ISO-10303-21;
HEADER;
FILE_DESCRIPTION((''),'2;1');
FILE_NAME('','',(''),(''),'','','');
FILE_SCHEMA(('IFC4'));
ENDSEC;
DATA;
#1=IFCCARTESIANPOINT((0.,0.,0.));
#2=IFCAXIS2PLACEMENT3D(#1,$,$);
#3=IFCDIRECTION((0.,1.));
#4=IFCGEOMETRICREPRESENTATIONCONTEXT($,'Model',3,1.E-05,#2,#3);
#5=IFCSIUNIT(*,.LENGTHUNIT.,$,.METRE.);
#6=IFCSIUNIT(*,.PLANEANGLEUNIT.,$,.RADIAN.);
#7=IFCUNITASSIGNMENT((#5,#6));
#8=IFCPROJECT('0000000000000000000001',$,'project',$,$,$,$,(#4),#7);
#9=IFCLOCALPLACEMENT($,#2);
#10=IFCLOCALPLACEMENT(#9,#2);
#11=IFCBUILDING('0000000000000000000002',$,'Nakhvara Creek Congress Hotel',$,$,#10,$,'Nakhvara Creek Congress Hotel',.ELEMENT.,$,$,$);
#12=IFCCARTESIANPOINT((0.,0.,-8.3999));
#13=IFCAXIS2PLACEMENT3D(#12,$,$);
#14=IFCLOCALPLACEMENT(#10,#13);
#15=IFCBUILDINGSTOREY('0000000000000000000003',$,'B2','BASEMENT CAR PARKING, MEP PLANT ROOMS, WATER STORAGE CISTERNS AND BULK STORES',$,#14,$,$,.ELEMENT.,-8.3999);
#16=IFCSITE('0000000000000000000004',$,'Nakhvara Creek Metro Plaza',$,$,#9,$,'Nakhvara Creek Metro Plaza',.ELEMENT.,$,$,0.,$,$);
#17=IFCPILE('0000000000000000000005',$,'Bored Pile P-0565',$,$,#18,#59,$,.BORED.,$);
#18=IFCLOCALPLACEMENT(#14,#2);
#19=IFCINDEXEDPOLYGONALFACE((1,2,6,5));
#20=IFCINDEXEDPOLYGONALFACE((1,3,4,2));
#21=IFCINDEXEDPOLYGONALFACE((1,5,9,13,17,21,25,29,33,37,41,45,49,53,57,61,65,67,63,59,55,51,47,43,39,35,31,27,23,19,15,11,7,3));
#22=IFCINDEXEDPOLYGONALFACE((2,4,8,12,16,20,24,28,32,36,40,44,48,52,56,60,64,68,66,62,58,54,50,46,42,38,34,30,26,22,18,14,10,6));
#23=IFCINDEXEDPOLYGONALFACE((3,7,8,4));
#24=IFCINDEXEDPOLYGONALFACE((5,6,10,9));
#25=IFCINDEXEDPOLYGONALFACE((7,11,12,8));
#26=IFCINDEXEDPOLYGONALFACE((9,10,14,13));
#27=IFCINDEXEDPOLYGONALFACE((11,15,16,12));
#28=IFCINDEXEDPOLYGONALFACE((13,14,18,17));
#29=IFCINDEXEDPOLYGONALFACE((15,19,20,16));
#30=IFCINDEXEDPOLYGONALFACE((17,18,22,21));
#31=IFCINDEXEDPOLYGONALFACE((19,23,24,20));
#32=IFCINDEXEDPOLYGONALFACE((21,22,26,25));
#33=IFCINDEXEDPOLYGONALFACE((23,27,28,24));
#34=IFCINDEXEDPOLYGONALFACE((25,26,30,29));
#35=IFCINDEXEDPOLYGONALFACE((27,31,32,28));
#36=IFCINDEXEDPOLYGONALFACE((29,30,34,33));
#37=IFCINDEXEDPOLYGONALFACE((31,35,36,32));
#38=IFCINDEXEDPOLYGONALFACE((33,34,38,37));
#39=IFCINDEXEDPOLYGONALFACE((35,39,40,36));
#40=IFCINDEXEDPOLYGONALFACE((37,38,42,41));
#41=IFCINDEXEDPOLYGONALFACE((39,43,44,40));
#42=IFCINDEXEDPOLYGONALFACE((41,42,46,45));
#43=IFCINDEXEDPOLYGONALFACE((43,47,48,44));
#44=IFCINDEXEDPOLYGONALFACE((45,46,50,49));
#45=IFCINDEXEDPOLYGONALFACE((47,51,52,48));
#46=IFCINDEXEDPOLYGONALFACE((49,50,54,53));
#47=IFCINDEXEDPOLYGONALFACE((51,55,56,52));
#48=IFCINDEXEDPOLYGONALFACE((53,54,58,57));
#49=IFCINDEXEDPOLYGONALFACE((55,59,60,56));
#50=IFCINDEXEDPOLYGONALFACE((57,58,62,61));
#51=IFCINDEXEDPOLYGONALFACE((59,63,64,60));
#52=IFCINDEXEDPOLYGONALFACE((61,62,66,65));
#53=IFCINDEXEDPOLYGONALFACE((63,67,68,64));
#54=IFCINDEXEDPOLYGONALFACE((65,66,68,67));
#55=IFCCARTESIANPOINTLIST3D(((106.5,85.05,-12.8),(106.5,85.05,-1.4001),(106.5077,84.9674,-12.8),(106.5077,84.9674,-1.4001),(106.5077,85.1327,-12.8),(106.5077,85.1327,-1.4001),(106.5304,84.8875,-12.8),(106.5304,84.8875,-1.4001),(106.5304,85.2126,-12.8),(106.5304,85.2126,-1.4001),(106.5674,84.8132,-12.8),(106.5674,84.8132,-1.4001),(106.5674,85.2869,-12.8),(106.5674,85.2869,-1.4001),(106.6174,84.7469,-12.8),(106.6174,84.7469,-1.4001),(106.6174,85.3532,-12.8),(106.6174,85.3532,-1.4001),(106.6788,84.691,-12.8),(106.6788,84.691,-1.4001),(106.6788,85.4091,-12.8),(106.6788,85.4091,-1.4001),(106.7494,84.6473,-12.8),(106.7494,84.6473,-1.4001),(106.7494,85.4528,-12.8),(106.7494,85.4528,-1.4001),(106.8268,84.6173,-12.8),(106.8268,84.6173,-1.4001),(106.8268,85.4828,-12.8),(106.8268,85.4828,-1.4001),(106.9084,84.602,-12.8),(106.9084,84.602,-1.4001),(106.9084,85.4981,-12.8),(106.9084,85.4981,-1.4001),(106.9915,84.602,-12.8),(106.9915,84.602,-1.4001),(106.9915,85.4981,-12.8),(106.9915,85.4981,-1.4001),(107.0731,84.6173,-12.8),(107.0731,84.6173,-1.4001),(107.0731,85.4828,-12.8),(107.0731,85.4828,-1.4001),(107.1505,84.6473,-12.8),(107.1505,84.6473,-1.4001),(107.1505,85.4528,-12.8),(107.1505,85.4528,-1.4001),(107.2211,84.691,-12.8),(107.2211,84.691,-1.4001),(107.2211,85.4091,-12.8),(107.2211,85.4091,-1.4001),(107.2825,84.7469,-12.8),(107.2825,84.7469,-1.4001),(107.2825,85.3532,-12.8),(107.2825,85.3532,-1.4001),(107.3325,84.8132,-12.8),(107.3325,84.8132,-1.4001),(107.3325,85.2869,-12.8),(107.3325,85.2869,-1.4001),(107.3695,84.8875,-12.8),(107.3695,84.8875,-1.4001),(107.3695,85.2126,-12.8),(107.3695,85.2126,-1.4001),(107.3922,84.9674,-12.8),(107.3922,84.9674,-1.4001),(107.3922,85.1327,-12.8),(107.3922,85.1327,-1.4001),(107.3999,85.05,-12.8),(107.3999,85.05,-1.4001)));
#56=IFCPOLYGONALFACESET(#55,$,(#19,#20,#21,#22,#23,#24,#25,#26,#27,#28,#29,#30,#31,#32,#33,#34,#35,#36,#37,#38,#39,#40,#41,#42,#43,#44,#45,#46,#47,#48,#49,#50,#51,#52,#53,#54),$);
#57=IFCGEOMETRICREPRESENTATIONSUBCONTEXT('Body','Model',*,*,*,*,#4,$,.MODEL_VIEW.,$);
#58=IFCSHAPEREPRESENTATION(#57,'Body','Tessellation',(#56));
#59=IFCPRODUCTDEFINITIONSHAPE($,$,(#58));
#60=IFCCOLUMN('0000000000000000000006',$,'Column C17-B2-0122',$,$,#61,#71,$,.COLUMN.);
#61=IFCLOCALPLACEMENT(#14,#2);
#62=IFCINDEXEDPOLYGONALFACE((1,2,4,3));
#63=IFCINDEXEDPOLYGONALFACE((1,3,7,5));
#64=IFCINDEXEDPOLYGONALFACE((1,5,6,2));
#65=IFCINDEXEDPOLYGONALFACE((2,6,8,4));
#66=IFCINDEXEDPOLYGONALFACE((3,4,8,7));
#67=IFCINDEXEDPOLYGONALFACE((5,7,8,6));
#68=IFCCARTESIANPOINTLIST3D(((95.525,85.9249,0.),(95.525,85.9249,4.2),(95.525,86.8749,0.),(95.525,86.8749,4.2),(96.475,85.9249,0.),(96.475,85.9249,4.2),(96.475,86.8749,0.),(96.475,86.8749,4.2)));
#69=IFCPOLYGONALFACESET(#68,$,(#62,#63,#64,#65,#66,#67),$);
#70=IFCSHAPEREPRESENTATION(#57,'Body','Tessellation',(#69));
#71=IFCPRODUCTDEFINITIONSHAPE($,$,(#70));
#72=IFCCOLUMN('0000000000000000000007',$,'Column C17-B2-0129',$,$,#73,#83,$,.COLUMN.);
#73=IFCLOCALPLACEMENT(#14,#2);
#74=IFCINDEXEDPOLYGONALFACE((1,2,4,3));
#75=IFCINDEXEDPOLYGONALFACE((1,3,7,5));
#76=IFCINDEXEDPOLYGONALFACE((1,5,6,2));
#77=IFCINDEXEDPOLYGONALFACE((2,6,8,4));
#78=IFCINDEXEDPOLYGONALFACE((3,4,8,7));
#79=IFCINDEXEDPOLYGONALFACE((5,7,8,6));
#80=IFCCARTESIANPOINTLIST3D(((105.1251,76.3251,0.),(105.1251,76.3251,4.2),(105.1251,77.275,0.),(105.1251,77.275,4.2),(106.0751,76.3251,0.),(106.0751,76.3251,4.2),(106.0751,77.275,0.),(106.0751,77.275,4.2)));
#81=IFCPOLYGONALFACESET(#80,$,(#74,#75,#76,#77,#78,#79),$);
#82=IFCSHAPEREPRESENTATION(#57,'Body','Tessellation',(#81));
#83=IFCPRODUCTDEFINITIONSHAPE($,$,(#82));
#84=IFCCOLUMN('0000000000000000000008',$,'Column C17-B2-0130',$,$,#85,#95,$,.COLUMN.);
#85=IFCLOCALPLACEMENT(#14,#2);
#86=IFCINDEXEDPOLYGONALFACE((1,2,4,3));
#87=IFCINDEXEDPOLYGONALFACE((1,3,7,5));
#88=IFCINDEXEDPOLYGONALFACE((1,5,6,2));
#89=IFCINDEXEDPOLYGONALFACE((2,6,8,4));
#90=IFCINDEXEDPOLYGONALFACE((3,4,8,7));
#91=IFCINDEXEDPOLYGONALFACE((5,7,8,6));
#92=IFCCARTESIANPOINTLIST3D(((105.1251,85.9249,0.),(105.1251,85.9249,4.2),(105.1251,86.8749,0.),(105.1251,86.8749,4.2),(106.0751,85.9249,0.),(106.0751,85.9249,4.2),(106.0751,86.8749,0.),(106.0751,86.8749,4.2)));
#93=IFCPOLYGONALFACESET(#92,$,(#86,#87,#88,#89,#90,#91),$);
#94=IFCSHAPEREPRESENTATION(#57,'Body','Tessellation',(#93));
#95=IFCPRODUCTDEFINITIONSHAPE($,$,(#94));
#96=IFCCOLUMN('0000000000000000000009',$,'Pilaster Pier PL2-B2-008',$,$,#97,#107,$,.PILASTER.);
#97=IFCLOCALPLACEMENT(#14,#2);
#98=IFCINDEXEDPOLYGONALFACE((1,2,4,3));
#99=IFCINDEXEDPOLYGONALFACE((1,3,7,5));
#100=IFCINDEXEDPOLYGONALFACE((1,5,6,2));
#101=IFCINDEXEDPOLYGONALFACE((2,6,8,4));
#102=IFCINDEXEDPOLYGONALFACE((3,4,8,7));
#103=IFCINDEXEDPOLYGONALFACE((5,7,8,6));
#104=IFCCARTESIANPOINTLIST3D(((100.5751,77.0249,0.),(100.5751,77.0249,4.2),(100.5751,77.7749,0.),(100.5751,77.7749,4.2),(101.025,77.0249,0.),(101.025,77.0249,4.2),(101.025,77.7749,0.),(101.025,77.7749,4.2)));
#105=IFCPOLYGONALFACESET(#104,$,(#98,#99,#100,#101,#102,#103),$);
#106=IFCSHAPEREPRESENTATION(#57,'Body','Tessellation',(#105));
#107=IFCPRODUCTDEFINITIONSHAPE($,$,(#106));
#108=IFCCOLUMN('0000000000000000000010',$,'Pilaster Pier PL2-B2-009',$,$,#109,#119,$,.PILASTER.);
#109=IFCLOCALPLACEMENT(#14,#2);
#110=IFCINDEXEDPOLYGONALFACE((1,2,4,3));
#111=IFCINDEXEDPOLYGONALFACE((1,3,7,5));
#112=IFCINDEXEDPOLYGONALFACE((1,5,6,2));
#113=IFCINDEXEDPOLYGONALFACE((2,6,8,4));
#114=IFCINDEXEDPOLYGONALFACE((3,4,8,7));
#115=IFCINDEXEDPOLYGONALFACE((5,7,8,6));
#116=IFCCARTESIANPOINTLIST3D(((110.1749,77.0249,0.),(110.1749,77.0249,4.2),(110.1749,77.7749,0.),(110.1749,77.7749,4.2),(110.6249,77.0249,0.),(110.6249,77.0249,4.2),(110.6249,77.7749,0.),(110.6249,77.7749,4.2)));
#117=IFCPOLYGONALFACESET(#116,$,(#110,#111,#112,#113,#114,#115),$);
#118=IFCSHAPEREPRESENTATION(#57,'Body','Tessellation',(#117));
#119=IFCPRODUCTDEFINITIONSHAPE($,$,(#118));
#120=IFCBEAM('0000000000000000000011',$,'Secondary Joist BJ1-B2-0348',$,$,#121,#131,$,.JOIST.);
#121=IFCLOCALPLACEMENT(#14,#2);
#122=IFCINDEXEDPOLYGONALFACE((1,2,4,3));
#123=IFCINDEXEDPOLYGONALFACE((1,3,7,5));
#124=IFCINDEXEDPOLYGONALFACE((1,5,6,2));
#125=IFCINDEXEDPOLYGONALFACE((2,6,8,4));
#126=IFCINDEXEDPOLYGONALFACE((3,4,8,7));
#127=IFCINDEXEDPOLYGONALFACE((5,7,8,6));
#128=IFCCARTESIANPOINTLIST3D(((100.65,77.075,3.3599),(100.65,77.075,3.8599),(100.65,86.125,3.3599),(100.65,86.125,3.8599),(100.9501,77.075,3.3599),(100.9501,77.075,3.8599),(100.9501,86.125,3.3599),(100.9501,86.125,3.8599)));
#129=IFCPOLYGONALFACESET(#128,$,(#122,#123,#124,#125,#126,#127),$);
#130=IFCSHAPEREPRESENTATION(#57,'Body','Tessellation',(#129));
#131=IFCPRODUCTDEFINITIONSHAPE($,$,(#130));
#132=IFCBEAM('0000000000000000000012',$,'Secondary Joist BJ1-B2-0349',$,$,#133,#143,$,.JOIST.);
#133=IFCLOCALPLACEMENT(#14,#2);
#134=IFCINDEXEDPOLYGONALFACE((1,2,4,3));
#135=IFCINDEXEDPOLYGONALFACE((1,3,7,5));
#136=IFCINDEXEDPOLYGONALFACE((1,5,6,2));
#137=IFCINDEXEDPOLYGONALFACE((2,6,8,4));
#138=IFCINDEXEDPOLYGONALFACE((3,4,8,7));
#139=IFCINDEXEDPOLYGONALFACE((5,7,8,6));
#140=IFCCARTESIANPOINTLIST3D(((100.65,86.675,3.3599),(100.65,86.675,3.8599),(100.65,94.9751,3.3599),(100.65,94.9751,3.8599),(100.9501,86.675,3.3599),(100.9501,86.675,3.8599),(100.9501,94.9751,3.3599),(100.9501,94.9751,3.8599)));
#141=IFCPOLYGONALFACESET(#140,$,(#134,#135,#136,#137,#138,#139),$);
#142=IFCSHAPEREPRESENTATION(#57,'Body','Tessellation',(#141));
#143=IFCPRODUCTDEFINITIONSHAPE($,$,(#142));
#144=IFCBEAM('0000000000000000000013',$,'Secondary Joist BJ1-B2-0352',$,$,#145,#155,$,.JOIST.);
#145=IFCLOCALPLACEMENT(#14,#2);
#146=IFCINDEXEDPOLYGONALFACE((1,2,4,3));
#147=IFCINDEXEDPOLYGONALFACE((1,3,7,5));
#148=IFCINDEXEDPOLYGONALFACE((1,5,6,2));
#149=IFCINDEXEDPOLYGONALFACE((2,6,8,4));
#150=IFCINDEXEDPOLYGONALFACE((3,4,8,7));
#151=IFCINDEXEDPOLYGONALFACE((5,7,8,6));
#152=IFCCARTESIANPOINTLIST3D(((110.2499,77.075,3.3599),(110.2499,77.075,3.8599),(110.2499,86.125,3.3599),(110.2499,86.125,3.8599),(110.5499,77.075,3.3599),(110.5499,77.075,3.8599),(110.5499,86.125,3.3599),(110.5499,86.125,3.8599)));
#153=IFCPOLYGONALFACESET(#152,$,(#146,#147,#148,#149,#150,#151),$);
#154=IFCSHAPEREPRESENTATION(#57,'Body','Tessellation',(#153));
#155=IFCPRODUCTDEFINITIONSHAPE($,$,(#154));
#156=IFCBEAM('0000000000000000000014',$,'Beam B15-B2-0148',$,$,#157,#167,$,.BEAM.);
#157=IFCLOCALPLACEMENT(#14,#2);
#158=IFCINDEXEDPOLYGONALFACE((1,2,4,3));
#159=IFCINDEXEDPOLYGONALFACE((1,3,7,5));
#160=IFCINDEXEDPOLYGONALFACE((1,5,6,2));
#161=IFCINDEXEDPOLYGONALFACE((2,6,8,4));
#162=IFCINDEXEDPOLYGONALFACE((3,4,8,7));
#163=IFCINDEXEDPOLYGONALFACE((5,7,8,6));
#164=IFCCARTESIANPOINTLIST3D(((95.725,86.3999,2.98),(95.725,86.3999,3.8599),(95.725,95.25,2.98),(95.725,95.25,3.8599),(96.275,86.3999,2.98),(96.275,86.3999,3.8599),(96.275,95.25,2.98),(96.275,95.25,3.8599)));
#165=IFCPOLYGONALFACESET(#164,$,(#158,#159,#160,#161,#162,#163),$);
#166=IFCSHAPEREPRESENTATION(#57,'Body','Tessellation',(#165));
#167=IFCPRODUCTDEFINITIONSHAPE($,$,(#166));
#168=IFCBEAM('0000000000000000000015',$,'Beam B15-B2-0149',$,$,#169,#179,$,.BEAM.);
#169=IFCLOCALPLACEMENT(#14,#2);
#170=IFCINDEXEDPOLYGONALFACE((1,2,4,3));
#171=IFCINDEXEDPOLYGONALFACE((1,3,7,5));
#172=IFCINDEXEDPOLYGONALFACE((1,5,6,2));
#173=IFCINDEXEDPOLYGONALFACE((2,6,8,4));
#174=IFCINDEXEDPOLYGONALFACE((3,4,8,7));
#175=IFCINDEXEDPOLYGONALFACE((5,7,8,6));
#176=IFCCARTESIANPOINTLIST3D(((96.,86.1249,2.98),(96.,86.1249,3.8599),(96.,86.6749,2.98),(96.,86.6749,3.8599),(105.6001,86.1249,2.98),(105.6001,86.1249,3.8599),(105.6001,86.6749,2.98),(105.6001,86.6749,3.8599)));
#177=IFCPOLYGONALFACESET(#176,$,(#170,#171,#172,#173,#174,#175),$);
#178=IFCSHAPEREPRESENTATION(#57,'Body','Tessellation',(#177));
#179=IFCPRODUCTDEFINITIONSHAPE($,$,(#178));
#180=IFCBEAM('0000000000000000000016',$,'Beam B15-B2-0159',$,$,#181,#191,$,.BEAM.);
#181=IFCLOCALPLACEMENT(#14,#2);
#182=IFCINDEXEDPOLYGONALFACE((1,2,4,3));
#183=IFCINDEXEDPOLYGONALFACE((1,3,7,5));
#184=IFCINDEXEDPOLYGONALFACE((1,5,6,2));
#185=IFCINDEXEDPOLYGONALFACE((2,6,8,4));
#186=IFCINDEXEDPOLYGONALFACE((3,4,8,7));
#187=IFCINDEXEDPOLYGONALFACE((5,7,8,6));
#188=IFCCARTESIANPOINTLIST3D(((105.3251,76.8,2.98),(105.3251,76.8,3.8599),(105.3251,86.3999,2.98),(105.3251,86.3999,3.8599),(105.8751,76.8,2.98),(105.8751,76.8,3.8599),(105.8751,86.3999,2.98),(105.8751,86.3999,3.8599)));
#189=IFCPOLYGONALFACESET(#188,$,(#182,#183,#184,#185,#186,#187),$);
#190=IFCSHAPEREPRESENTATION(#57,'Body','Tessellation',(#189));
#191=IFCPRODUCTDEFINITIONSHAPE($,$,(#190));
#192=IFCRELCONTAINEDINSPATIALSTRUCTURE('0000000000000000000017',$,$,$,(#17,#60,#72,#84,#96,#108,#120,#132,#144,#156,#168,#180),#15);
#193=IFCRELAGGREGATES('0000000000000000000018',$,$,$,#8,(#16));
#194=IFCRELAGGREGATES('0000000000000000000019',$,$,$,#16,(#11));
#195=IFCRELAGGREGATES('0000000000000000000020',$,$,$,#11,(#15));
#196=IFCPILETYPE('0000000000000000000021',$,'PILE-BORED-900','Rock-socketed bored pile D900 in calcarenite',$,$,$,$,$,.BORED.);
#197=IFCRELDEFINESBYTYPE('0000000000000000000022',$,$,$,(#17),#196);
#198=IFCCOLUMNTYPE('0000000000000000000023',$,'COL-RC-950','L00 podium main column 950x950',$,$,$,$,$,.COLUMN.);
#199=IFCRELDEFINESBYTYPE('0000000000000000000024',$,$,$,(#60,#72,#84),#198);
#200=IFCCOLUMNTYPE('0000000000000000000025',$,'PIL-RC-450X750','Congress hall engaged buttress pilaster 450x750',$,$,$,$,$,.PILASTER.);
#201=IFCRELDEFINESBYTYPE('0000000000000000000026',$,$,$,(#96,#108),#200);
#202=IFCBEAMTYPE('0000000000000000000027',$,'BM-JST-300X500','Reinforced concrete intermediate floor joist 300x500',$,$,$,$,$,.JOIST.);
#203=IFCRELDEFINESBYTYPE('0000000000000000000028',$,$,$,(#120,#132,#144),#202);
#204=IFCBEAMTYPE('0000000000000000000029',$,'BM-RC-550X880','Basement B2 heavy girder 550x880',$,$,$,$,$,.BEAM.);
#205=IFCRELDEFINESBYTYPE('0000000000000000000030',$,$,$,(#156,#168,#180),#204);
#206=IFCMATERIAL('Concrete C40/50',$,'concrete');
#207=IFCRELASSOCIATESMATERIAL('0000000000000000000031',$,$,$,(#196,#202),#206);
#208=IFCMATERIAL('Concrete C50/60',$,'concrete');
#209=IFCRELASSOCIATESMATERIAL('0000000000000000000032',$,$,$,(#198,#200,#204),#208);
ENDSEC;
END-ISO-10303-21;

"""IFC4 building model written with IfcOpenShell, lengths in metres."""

from ifc_helpers import new_model, si_unit, direction, frame, origin, origin_2d, place, context, subcontext, project, spatial, rectangle, circle, extrude, material, material_profile, profile_set, type_object, element, save


model = new_model("IFC4")

# Units and contexts
model_context = context("Model", 3, precision=1e-05, world=origin(), true_north=direction((0.0, 1.0)))
body_context = subcontext(model_context, "Body", "Model", "MODEL_VIEW")
ifc_project = project(units=[si_unit("LENGTHUNIT", "METRE"), si_unit("PLANEANGLEUNIT", "RADIAN")], contexts=[model_context])

# Site, building, storey
site_placement = place(None, origin())
site = spatial("IfcSite", under=ifc_project, at=site_placement, Name="Nakhvara Creek Metro Plaza", LongName="Nakhvara Creek Metro Plaza", CompositionType="ELEMENT", RefElevation=0.0)
building_placement = place(site_placement, origin())
building = spatial("IfcBuilding", under=site, at=building_placement, Name="Nakhvara Creek Congress Hotel", LongName="Nakhvara Creek Congress Hotel", CompositionType="ELEMENT")
storey_placement = place(building_placement, frame((0.0, 0.0, -8.3999)))
storey = spatial("IfcBuildingStorey", under=building, at=storey_placement, Name="B2", Description="BASEMENT CAR PARKING, MEP PLANT ROOMS, WATER STORAGE CISTERNS AND BULK STORES", CompositionType="ELEMENT", Elevation=-8.3999)

# Shared definitions
ifc_material_1 = material(Name="Concrete C40/50", Category="concrete")

# Pile
ifc_material_profile_1 = material_profile(ifc_material_1, circle(Radius=0.45, at=origin_2d()), Name="BORED PILE D900", Category="LoadBearing")
ifc_profile_set_1 = profile_set([ifc_material_profile_1], Name="Concrete C40/50")
pile_type = type_object("IfcPileType", Name="PILE-BORED-900", Description="Rock-socketed bored pile D900 in calcarenite", PredefinedType="BORED", material=ifc_profile_set_1)
for number, where, z_axis, x_axis, name in (
    (1, (106.95, 85.05, -1.4001), (0.0, 0.0, -1.0), (1.0, 0.0, 0.0), "Bored Pile P-0565"),
):
    element("IfcPile", number, at=place(storey_placement, frame(where, z_axis=z_axis, x_axis=x_axis)), inside=storey, type_object=pile_type, Name=name, PredefinedType="BORED", context=body_context, shape_type="SweptSolid", body=[
        extrude(circle(Radius=0.45, at=origin_2d()), origin(), (0.0, 0.0, 1.0), 11.3999),
    ])

# Columns
ifc_material_2 = material(Name="Concrete C50/60", Category="concrete")
ifc_material_profile_2 = material_profile(ifc_material_2, rectangle(XDim=0.95, YDim=0.95, at=origin_2d()), Name="RC-COL 950x950", Category="LoadBearing")
ifc_profile_set_2 = profile_set([ifc_material_profile_2], Name="Concrete C50/60")
column_type_1 = type_object("IfcColumnType", Name="COL-RC-950", Description="L00 podium main column 950x950", PredefinedType="COLUMN", material=ifc_profile_set_2)
for number, where, z_axis, x_axis, name in (
    (2, (96.0, 86.3999, 0.0), (0.0, 0.0, 1.0), (1.0, 0.0, 0.0), "Column C17-B2-0122"),
    (3, (105.6001, 76.8, 0.0), (0.0, 0.0, 1.0), (1.0, 0.0, 0.0), "Column C17-B2-0129"),
    (4, (105.6001, 86.3999, 0.0), (0.0, 0.0, 1.0), (1.0, 0.0, 0.0), "Column C17-B2-0130"),
):
    element("IfcColumn", number, at=place(storey_placement, frame(where, z_axis=z_axis, x_axis=x_axis)), inside=storey, type_object=column_type_1, Name=name, PredefinedType="COLUMN", context=body_context, shape_type="SweptSolid", body=[
        extrude(rectangle(XDim=0.95, YDim=0.95, at=origin_2d()), origin(), (0.0, 0.0, 1.0), 4.2),
    ])
ifc_material_profile_3 = material_profile(ifc_material_2, rectangle(XDim=0.45, YDim=0.75, at=origin_2d()), Name="RC-PIL 450x750", Category="LoadBearing")
ifc_profile_set_3 = profile_set([ifc_material_profile_3], Name="Concrete C50/60")
column_type_2 = type_object("IfcColumnType", Name="PIL-RC-450X750", Description="Congress hall engaged buttress pilaster 450x750", PredefinedType="PILASTER", material=ifc_profile_set_3)
for number, where, z_axis, x_axis, name in (
    (5, (100.8, 77.3999, 0.0), (0.0, 0.0, 1.0), (1.0, 0.0, 0.0), "Pilaster Pier PL2-B2-008"),
    (6, (110.3999, 77.3999, 0.0), (0.0, 0.0, 1.0), (1.0, 0.0, 0.0), "Pilaster Pier PL2-B2-009"),
):
    element("IfcColumn", number, at=place(storey_placement, frame(where, z_axis=z_axis, x_axis=x_axis)), inside=storey, type_object=column_type_2, Name=name, PredefinedType="PILASTER", context=body_context, shape_type="SweptSolid", body=[
        extrude(rectangle(XDim=0.45, YDim=0.75, at=origin_2d()), origin(), (0.0, 0.0, 1.0), 4.2),
    ])

# Beams
ifc_material_profile_4 = material_profile(ifc_material_1, rectangle(XDim=0.3, YDim=0.5, at=origin_2d()), Name="RC-BM 300x500", Category="LoadBearing")
ifc_profile_set_4 = profile_set([ifc_material_profile_4], Name="Concrete C40/50")
beam_type_1 = type_object("IfcBeamType", Name="BM-JST-300X500", Description="Reinforced concrete intermediate floor joist 300x500", PredefinedType="JOIST", material=ifc_profile_set_4)
beam_1_placement = place(storey_placement, frame((100.8, 77.075, 3.6099), z_axis=(0.0, 1.0, 0.0), x_axis=(-1.0, 0.0, 0.0)))
element("IfcBeam", 7, at=beam_1_placement, inside=storey, type_object=beam_type_1, Name="Secondary Joist BJ1-B2-0348", PredefinedType="JOIST", context=body_context, shape_type="SweptSolid", body=[
    extrude(rectangle(XDim=0.3, YDim=0.5, at=origin_2d()), origin(), (0.0, 0.0, 1.0), 9.05),
])
beam_2_placement = place(storey_placement, frame((100.8, 86.675, 3.6099), z_axis=(0.0, 1.0, 0.0), x_axis=(-1.0, 0.0, 0.0)))
element("IfcBeam", 8, at=beam_2_placement, inside=storey, type_object=beam_type_1, Name="Secondary Joist BJ1-B2-0349", PredefinedType="JOIST", context=body_context, shape_type="SweptSolid", body=[
    extrude(rectangle(XDim=0.3, YDim=0.5, at=origin_2d()), origin(), (0.0, 0.0, 1.0), 8.3),
])
beam_3_placement = place(storey_placement, frame((110.3999, 77.075, 3.6099), z_axis=(0.0, 1.0, 0.0), x_axis=(-1.0, 0.0, 0.0)))
element("IfcBeam", 9, at=beam_3_placement, inside=storey, type_object=beam_type_1, Name="Secondary Joist BJ1-B2-0352", PredefinedType="JOIST", context=body_context, shape_type="SweptSolid", body=[
    extrude(rectangle(XDim=0.3, YDim=0.5, at=origin_2d()), origin(), (0.0, 0.0, 1.0), 9.05),
])
ifc_material_profile_5 = material_profile(ifc_material_2, rectangle(XDim=0.55, YDim=0.8799, at=origin_2d()), Name="RC-BM 550x880", Category="LoadBearing")
ifc_profile_set_5 = profile_set([ifc_material_profile_5], Name="Concrete C50/60")
beam_type_2 = type_object("IfcBeamType", Name="BM-RC-550X880", Description="Basement B2 heavy girder 550x880", PredefinedType="BEAM", material=ifc_profile_set_5)
beam_4_placement = place(storey_placement, frame((96.0, 86.3999, 3.4199), z_axis=(0.0, 1.0, 0.0), x_axis=(-1.0, 0.0, 0.0)))
element("IfcBeam", 10, at=beam_4_placement, inside=storey, type_object=beam_type_2, Name="Beam B15-B2-0148", PredefinedType="BEAM", context=body_context, shape_type="SweptSolid", body=[
    extrude(rectangle(XDim=0.55, YDim=0.8799, at=origin_2d()), origin(), (0.0, 0.0, 1.0), 8.8501),
])
beam_5_placement = place(storey_placement, frame((96.0, 86.3999, 3.4199), z_axis=(1.0, 0.0, 0.0), x_axis=(0.0, 1.0, 0.0)))
element("IfcBeam", 11, at=beam_5_placement, inside=storey, type_object=beam_type_2, Name="Beam B15-B2-0149", PredefinedType="BEAM", context=body_context, shape_type="SweptSolid", body=[
    extrude(rectangle(XDim=0.55, YDim=0.8799, at=origin_2d()), origin(), (0.0, 0.0, 1.0), 9.6001),
])
for number, where, z_axis, x_axis, name in (
    (12, (105.6001, 76.8, 3.4199), (0.0, 1.0, 0.0), (-1.0, 0.0, 0.0), "Beam B15-B2-0159"),
):
    element("IfcBeam", number, at=place(storey_placement, frame(where, z_axis=z_axis, x_axis=x_axis)), inside=storey, type_object=beam_type_2, Name=name, PredefinedType="BEAM", context=body_context, shape_type="SweptSolid", body=[
        extrude(rectangle(XDim=0.55, YDim=0.8799, at=origin_2d()), origin(), (0.0, 0.0, 1.0), 9.5999),
    ])

save(model, "model.ifc")
